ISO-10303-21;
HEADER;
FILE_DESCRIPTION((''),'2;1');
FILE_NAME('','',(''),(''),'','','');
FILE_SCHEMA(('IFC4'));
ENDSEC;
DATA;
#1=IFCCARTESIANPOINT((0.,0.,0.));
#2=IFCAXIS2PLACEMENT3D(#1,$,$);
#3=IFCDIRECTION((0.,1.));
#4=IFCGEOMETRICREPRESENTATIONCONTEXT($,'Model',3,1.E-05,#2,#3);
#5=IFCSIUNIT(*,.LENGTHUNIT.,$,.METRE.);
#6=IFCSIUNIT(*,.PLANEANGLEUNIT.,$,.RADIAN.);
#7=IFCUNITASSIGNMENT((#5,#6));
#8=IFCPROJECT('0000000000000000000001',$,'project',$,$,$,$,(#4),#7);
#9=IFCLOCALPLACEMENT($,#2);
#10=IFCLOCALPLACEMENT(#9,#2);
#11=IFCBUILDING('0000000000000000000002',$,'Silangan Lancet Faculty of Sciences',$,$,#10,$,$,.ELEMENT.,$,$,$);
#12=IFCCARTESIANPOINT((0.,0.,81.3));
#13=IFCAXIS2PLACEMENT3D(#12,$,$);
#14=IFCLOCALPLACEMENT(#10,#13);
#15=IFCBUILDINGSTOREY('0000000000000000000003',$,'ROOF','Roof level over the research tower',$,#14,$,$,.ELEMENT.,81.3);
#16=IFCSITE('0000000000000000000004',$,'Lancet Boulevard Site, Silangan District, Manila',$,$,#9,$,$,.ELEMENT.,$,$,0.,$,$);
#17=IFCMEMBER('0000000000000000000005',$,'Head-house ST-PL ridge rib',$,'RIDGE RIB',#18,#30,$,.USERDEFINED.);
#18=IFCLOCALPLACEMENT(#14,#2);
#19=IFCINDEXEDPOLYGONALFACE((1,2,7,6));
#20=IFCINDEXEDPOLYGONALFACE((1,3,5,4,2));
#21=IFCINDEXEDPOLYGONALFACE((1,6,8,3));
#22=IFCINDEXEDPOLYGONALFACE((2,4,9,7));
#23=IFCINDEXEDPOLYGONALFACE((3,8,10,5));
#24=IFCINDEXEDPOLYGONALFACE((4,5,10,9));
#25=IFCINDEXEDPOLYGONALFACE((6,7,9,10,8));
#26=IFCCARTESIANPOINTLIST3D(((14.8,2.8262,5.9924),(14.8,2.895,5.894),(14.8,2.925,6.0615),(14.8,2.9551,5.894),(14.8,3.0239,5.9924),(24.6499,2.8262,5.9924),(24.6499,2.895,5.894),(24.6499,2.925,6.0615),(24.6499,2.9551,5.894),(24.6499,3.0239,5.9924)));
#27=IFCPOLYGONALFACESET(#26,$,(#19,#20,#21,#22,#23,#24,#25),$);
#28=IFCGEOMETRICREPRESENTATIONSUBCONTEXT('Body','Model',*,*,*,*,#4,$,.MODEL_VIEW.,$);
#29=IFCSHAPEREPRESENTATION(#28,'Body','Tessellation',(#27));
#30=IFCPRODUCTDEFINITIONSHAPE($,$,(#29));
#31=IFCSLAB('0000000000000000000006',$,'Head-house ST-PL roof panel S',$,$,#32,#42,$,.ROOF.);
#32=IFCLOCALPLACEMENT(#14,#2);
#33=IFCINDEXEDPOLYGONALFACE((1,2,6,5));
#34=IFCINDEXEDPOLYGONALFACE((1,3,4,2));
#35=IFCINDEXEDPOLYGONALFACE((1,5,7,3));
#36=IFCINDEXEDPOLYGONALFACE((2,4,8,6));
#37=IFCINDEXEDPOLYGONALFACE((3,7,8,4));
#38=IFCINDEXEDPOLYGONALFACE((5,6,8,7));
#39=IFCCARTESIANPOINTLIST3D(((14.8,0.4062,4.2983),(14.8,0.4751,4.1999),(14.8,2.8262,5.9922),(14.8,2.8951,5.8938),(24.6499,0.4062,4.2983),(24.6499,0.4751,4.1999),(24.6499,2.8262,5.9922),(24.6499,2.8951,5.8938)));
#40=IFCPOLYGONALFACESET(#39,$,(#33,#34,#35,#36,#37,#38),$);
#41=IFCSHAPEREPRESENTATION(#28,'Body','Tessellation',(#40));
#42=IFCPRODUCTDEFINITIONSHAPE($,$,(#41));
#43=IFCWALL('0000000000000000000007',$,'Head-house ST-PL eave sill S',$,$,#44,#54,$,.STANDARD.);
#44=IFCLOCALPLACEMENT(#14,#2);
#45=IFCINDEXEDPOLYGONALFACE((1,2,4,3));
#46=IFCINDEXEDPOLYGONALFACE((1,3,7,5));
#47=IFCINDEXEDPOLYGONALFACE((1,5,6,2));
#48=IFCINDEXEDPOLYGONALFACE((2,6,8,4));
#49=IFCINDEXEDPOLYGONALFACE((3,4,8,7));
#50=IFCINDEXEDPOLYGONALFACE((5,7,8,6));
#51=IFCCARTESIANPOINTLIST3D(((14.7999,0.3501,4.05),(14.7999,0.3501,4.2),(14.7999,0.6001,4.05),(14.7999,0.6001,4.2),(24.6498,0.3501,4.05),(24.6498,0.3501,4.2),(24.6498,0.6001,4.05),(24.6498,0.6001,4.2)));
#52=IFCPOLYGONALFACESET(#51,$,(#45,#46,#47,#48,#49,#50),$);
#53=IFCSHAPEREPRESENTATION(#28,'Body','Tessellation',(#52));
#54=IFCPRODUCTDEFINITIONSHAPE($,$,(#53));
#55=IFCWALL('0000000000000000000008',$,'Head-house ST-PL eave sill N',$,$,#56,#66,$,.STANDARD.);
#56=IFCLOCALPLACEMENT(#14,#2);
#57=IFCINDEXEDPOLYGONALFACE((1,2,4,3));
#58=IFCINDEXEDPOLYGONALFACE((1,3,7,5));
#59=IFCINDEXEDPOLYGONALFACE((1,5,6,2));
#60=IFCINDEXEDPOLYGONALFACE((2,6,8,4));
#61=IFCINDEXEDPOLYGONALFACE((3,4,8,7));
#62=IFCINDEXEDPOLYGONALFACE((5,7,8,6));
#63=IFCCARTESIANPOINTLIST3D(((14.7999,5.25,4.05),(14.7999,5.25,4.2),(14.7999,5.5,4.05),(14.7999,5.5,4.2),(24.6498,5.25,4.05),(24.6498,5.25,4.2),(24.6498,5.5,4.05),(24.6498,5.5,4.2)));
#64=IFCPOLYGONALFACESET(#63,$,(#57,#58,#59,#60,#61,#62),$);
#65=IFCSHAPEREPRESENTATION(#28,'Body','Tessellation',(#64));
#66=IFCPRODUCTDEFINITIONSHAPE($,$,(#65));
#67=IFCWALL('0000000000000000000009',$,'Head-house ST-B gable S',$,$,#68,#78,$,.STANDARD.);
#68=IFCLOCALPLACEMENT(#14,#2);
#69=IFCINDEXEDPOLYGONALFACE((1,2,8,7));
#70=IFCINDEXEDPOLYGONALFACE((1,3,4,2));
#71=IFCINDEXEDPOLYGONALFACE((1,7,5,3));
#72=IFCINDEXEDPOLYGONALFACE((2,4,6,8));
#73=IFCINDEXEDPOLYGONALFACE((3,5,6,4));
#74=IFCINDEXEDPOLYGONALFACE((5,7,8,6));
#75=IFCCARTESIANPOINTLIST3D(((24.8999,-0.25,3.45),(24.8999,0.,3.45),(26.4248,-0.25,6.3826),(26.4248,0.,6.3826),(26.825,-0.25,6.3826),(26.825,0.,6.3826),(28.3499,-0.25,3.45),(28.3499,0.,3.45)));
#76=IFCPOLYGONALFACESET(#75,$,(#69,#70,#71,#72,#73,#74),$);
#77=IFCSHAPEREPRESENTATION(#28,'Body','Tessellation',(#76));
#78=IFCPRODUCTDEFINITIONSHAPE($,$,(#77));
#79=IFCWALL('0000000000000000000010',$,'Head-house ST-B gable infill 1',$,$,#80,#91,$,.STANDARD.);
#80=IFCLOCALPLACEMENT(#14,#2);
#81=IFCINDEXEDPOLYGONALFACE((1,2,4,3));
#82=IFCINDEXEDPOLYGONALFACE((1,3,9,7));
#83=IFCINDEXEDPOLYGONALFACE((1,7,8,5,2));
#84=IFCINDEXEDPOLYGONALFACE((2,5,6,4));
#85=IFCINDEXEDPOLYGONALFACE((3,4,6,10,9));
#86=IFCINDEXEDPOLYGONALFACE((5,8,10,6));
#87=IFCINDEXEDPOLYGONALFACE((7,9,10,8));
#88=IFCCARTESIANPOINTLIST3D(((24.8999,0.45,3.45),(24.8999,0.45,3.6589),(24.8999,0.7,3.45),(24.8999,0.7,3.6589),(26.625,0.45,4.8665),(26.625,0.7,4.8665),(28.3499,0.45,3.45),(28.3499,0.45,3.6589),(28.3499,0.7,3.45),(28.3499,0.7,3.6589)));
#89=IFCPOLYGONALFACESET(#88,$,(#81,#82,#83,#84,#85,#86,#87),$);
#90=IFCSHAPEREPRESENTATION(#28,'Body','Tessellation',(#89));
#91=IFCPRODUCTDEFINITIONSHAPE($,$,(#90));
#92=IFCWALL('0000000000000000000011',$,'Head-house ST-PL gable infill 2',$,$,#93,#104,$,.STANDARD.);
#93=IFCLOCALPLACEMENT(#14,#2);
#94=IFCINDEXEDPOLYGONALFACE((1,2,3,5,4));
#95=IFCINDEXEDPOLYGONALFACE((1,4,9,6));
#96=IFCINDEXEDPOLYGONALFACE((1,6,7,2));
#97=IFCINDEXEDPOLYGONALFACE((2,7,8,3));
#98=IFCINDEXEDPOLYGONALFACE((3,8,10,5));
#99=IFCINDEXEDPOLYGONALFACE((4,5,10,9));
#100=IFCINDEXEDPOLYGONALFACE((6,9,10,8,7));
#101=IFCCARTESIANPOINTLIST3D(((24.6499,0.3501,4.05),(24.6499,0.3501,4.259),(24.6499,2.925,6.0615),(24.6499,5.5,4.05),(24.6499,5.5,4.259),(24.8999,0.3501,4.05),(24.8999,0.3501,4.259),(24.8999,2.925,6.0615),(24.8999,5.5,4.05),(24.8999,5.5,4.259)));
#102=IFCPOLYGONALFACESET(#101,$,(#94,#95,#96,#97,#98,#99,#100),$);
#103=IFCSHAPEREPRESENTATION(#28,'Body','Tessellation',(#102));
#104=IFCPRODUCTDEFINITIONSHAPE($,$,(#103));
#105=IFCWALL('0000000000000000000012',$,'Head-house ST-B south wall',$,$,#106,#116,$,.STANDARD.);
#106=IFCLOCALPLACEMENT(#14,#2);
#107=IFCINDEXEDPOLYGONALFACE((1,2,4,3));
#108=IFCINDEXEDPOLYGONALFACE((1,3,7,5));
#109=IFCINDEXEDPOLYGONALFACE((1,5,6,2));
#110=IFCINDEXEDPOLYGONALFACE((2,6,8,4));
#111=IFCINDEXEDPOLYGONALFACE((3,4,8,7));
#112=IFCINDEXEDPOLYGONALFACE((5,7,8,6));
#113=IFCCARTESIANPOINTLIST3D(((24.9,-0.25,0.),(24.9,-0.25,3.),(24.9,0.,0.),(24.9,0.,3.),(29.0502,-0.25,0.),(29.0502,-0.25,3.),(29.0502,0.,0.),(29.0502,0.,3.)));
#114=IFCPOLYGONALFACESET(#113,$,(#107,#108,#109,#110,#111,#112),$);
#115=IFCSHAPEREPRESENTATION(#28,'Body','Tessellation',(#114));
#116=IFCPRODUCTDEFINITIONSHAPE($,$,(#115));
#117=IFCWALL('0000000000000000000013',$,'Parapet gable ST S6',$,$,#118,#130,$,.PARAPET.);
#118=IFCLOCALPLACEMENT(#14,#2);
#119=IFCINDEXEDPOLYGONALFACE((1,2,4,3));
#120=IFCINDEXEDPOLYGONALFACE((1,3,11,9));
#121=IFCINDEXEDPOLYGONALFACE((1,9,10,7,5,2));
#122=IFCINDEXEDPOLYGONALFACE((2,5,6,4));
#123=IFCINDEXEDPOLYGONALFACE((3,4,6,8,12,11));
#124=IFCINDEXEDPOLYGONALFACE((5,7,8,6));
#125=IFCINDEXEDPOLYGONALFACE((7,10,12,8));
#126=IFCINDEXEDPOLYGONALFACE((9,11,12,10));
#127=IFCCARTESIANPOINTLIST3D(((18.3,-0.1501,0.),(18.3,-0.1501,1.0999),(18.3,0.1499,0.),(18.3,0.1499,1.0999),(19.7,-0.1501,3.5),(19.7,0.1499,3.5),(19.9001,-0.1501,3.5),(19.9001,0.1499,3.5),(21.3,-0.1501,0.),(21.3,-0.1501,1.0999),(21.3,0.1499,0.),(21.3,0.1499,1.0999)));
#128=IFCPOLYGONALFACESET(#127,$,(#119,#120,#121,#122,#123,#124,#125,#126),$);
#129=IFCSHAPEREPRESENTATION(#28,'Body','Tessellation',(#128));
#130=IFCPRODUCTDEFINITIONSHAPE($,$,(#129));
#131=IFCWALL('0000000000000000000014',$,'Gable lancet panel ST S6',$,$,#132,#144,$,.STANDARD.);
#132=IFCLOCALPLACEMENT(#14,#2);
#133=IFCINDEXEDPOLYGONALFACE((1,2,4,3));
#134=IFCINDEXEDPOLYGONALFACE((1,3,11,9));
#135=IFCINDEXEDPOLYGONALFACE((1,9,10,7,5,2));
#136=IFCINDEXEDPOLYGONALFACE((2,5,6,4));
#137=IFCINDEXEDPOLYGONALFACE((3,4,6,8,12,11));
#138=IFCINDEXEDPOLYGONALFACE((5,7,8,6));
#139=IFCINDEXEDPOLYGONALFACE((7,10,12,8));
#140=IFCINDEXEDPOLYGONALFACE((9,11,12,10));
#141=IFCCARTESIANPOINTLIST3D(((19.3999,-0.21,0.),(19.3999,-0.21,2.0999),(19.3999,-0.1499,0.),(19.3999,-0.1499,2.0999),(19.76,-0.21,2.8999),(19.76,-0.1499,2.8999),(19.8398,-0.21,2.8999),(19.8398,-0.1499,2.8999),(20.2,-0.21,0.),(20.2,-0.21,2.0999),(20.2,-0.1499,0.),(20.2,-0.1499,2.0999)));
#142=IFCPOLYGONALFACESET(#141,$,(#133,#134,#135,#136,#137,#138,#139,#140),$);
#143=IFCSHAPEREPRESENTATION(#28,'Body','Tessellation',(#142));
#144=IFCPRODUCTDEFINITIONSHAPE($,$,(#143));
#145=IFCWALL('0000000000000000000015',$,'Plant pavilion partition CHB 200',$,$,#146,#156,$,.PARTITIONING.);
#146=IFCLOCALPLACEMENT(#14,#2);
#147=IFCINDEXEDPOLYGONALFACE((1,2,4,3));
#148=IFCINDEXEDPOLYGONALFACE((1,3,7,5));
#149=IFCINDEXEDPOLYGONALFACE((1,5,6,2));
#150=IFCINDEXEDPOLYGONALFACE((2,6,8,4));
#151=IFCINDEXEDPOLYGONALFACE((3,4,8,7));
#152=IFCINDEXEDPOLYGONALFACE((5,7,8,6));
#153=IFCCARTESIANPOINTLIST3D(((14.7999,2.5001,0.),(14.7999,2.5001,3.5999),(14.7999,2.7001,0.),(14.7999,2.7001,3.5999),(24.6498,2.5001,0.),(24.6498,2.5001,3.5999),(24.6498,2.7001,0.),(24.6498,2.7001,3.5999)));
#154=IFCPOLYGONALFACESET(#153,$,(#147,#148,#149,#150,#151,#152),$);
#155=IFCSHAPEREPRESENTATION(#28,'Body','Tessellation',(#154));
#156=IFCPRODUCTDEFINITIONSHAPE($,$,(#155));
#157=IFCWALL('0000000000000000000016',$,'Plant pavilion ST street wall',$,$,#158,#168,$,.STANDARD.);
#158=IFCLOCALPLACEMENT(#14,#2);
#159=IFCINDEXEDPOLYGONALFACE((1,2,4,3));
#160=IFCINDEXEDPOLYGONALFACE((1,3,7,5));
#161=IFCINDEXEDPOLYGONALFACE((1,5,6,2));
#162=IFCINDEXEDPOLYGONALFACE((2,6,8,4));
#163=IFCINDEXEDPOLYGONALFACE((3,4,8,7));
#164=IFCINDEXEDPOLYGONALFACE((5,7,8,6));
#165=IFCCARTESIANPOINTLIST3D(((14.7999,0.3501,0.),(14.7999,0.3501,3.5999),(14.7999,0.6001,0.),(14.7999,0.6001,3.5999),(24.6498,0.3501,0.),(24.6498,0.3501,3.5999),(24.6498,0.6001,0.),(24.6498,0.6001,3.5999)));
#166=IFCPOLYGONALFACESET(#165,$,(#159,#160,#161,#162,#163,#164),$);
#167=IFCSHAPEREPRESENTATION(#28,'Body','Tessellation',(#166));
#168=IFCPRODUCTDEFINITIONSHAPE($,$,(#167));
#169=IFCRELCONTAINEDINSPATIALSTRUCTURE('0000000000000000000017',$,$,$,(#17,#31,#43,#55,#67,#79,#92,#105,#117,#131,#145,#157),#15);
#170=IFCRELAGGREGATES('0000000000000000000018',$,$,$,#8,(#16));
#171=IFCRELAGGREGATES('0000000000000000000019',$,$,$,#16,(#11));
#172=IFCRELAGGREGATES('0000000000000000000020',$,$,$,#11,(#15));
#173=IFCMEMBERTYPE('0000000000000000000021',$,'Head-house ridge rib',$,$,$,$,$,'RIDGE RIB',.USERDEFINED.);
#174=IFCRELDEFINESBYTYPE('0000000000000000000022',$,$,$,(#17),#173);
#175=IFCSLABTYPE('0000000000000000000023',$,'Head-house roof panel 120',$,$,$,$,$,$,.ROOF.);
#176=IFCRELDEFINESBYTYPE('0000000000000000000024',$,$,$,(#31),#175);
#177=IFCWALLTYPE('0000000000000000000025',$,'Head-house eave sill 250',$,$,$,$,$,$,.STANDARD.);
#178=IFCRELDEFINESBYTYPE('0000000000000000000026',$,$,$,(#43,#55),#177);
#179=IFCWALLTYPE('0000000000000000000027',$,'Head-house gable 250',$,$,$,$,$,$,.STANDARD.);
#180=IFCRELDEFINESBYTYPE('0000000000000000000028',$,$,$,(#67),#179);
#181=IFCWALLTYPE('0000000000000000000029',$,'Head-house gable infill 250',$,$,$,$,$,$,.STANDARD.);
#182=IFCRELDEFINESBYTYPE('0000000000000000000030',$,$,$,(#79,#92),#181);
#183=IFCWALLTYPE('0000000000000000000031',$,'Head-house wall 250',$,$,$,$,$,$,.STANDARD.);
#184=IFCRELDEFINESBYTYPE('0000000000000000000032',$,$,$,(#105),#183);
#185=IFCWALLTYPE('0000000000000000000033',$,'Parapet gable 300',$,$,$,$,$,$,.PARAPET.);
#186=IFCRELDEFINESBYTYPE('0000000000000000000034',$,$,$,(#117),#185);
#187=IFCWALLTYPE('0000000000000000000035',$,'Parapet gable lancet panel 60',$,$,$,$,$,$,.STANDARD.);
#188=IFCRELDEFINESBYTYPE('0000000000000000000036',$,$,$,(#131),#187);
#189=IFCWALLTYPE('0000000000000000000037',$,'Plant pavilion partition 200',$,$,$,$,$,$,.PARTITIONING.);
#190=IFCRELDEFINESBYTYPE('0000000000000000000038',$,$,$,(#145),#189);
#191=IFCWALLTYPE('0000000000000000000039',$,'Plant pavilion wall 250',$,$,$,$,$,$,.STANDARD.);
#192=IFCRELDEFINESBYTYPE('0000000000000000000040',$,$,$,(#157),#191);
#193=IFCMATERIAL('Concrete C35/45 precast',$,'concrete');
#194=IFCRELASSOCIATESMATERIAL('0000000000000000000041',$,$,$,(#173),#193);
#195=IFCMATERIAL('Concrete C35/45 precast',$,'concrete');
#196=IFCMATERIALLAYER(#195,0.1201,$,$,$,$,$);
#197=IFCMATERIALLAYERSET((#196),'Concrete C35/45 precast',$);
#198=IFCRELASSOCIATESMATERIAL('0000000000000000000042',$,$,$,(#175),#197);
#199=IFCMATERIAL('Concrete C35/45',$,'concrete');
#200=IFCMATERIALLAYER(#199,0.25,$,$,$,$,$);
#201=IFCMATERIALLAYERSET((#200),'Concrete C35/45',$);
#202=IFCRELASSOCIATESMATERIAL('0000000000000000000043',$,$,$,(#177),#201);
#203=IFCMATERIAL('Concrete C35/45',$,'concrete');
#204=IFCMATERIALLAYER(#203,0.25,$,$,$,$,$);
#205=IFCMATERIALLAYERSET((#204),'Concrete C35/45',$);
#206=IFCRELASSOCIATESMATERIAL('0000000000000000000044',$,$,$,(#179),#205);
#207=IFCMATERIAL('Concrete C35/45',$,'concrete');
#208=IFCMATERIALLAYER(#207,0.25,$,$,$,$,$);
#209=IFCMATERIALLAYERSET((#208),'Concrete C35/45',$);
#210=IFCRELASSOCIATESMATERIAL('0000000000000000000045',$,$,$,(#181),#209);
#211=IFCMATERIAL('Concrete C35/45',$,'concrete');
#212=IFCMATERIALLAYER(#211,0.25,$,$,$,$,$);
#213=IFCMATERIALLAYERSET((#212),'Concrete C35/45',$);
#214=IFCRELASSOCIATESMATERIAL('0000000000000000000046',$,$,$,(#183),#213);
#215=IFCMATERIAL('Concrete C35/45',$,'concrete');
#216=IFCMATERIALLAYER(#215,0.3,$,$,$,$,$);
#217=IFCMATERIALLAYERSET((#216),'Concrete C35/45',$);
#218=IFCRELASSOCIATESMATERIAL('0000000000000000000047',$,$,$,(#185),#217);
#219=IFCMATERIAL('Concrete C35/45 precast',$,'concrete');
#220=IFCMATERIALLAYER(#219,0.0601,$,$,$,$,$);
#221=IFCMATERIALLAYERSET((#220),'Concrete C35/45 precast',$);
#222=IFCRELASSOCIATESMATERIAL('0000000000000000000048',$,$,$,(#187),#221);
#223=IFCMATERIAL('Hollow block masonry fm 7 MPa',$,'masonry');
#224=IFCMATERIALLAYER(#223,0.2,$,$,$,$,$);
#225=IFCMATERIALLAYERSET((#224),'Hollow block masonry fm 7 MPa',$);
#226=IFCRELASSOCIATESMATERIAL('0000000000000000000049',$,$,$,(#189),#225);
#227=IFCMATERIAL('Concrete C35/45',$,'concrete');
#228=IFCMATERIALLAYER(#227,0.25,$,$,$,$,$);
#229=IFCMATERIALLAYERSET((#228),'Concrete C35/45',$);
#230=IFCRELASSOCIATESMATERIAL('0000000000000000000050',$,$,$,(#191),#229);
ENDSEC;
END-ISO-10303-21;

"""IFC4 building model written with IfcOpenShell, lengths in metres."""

from ifc_helpers import new_model, si_unit, direction, frame, frame_2d, origin, place, context, subcontext, project, spatial, polyline, rectangle, outline, extrude, material, layer, layer_set, material_profile, profile_set, type_object, element, save


model = new_model("IFC4")

# Units and contexts
model_context = context("Model", 3, precision=1e-05, world=origin(), true_north=direction((0.0, 1.0)))
body_context = subcontext(model_context, "Body", "Model", "MODEL_VIEW")
ifc_project = project(units=[si_unit("LENGTHUNIT", "METRE"), si_unit("PLANEANGLEUNIT", "RADIAN")], contexts=[model_context])

# Site, building, storey
site_placement = place(None, origin())
site = spatial("IfcSite", under=ifc_project, at=site_placement, Name="Lancet Boulevard Site, Silangan District, Manila", CompositionType="ELEMENT", RefElevation=0.0)
building_placement = place(site_placement, origin())
building = spatial("IfcBuilding", under=site, at=building_placement, Name="Silangan Lancet Faculty of Sciences", CompositionType="ELEMENT")
storey_placement = place(building_placement, frame((0.0, 0.0, 81.3)))
storey = spatial("IfcBuildingStorey", under=building, at=storey_placement, Name="ROOF", Description="Roof level over the research tower", CompositionType="ELEMENT", Elevation=81.3)

# Member
ifc_material_1 = material(Name="Concrete C35/45 precast", Category="concrete")
ifc_material_profile = material_profile(ifc_material_1, outline(polyline([(0.0, 0.0), (0.0989, -0.0691), (0.03, -0.1675), (-0.03, -0.1675), (-0.0989, -0.0691), (0.0, 0.0)])), Name="ridge rib")
ifc_profile_set = profile_set([ifc_material_profile], Name="Concrete C35/45 precast")
member_type = type_object("IfcMemberType", Name="Head-house ridge rib", ElementType="RIDGE RIB", PredefinedType="USERDEFINED", material=ifc_profile_set)
member_placement = place(storey_placement, frame((14.8, 2.925, 6.0615), z_axis=(1.0, 0.0, 0.0), x_axis=(0.0, 1.0, 0.0)))
element("IfcMember", 1, at=member_placement, inside=storey, type_object=member_type, Name="Head-house ST-PL ridge rib", ObjectType="RIDGE RIB", PredefinedType="USERDEFINED", context=body_context, shape_type="SweptSolid", body=[
    extrude(outline(polyline([(0.0, 0.0), (0.0989, -0.0691), (0.03, -0.1675), (-0.03, -0.1675), (-0.0989, -0.0691), (0.0, 0.0)])), origin(), (0.0, 0.0, 1.0), 9.8499),
])

# Slab
ifc_material_2 = material(Name="Concrete C35/45 precast", Category="concrete")
ifc_layer_1 = layer(ifc_material_2, 0.1201)
ifc_layer_set_1 = layer_set([ifc_layer_1], Name="Concrete C35/45 precast")
slab_type = type_object("IfcSlabType", Name="Head-house roof panel 120", PredefinedType="ROOF", material=ifc_layer_set_1)
slab_placement = place(storey_placement, frame((14.8, 0.4062, 4.2983), z_axis=(0.0, -0.57344, 0.819247), x_axis=(1.0, 0.0, 0.0)))
element("IfcSlab", 2, at=slab_placement, inside=storey, type_object=slab_type, Name="Head-house ST-PL roof panel S", PredefinedType="ROOF", context=body_context, shape_type="SweptSolid", body=[
    extrude(outline(polyline([(0.0, 0.0), (9.8499, 0.0), (9.8499, 2.9538), (0.0, 2.9538), (0.0, 0.0)])), origin(), (0.0, 0.0, -1.0), 0.1201),
])

# Walls
ifc_material_3 = material(Name="Concrete C35/45", Category="concrete")
ifc_layer_2 = layer(ifc_material_3, 0.25)
ifc_layer_set_2 = layer_set([ifc_layer_2], Name="Concrete C35/45")
wall_type_1 = type_object("IfcWallType", Name="Head-house eave sill 250", PredefinedType="STANDARD", material=ifc_layer_set_2)
for number, where, z_axis, x_axis, name in (
    (3, (14.8, 0.4751, 4.05), (0.0, 0.0, 1.0), (1.0, 0.0, 0.0), "Head-house ST-PL eave sill S"),
    (4, (14.8, 5.375, 4.05), (0.0, 0.0, 1.0), (1.0, 0.0, 0.0), "Head-house ST-PL eave sill N"),
):
    element("IfcWall", number, at=place(storey_placement, frame(where, z_axis=z_axis, x_axis=x_axis)), inside=storey, type_object=wall_type_1, Name=name, PredefinedType="STANDARD", context=body_context, shape_type="SweptSolid", body=[
        extrude(rectangle(XDim=9.8499, YDim=0.25, at=frame_2d((4.9248, 0.0))), origin(), (0.0, 0.0, 1.0), 0.1499),
    ])
ifc_material_4 = material(Name="Concrete C35/45", Category="concrete")
ifc_layer_3 = layer(ifc_material_4, 0.25)
ifc_layer_set_3 = layer_set([ifc_layer_3], Name="Concrete C35/45")
wall_type_2 = type_object("IfcWallType", Name="Head-house gable 250", PredefinedType="STANDARD", material=ifc_layer_set_3)
wall_1_placement = place(storey_placement, frame((24.8999, -0.125, 3.45), z_axis=(0.0, 0.0, 1.0), x_axis=(1.0, 0.0, 0.0)))
element("IfcWall", 5, at=wall_1_placement, inside=storey, type_object=wall_type_2, Name="Head-house ST-B gable S", PredefinedType="STANDARD", context=body_context, shape_type="SweptSolid", body=[
    extrude(outline(polyline([(0.0, 0.0), (3.45, 0.0), (1.925, 2.9326), (1.5249, 2.9326), (0.0, 0.0)])), frame((0.0, 0.125, 0.0), z_axis=(0.0, -1.0, 0.0), x_axis=(1.0, 0.0, 0.0)), (0.0, 0.0, 1.0), 0.25),
])
ifc_material_5 = material(Name="Concrete C35/45", Category="concrete")
ifc_layer_4 = layer(ifc_material_5, 0.25)
ifc_layer_set_4 = layer_set([ifc_layer_4], Name="Concrete C35/45")
wall_type_3 = type_object("IfcWallType", Name="Head-house gable infill 250", PredefinedType="STANDARD", material=ifc_layer_set_4)
wall_2_placement = place(storey_placement, frame((24.8999, 0.575, 3.45), z_axis=(0.0, 0.0, 1.0), x_axis=(1.0, 0.0, 0.0)))
element("IfcWall", 6, at=wall_2_placement, inside=storey, type_object=wall_type_3, Name="Head-house ST-B gable infill 1", PredefinedType="STANDARD", context=body_context, shape_type="SweptSolid", body=[
    extrude(outline(polyline([(0.0, 0.0), (3.45, 0.0), (3.45, 0.209), (1.7251, 1.4165), (0.0, 0.209), (0.0, 0.0)])), frame((0.0, 0.125, 0.0), z_axis=(0.0, -1.0, 0.0), x_axis=(1.0, 0.0, 0.0)), (0.0, 0.0, 1.0), 0.25),
])
wall_3_placement = place(storey_placement, frame((24.7749, 0.3501, 4.05), z_axis=(0.0, 0.0, 1.0), x_axis=(0.0, 1.0, 0.0)))
element("IfcWall", 7, at=wall_3_placement, inside=storey, type_object=wall_type_3, Name="Head-house ST-PL gable infill 2", PredefinedType="STANDARD", context=body_context, shape_type="SweptSolid", body=[
    extrude(outline(polyline([(0.0, 0.0), (5.1499, 0.0), (5.1499, 0.209), (2.575, 2.0115), (0.0, 0.209), (0.0, 0.0)])), frame((0.0, 0.125, 0.0), z_axis=(0.0, -1.0, 0.0), x_axis=(1.0, 0.0, 0.0)), (0.0, 0.0, 1.0), 0.25),
])
ifc_material_6 = material(Name="Concrete C35/45", Category="concrete")
ifc_layer_5 = layer(ifc_material_6, 0.25)
ifc_layer_set_5 = layer_set([ifc_layer_5], Name="Concrete C35/45")
wall_type_4 = type_object("IfcWallType", Name="Head-house wall 250", PredefinedType="STANDARD", material=ifc_layer_set_5)
wall_4_placement = place(storey_placement, frame((24.8999, -0.125, 0.0), z_axis=(0.0, 0.0, 1.0), x_axis=(1.0, 0.0, 0.0)))
element("IfcWall", 8, at=wall_4_placement, inside=storey, type_object=wall_type_4, Name="Head-house ST-B south wall", PredefinedType="STANDARD", context=body_context, shape_type="SweptSolid", body=[
    extrude(rectangle(XDim=4.1501, YDim=0.25, at=frame_2d((2.0752, 0.0))), origin(), (0.0, 0.0, 1.0), 3.0),
])
ifc_material_7 = material(Name="Concrete C35/45", Category="concrete")
ifc_layer_6 = layer(ifc_material_7, 0.3)
ifc_layer_set_6 = layer_set([ifc_layer_6], Name="Concrete C35/45")
wall_type_5 = type_object("IfcWallType", Name="Parapet gable 300", PredefinedType="PARAPET", material=ifc_layer_set_6)
wall_5_placement = place(storey_placement, frame((18.3, 0.0, 0.0), z_axis=(0.0, 0.0, 1.0), x_axis=(1.0, 0.0, 0.0)))
element("IfcWall", 9, at=wall_5_placement, inside=storey, type_object=wall_type_5, Name="Parapet gable ST S6", PredefinedType="PARAPET", context=body_context, shape_type="SweptSolid", body=[
    extrude(outline(polyline([(0.0, 0.0), (3.0, 0.0), (3.0, 1.0999), (1.6001, 3.5), (1.3999, 3.5), (0.0, 1.0999), (0.0, 0.0)])), frame((0.0, 0.1499, 0.0), z_axis=(0.0, -1.0, 0.0), x_axis=(1.0, 0.0, 0.0)), (0.0, 0.0, 1.0), 0.3),
])
ifc_material_8 = material(Name="Concrete C35/45 precast", Category="concrete")
ifc_layer_7 = layer(ifc_material_8, 0.0601)
ifc_layer_set_7 = layer_set([ifc_layer_7], Name="Concrete C35/45 precast")
wall_type_6 = type_object("IfcWallType", Name="Parapet gable lancet panel 60", PredefinedType="STANDARD", material=ifc_layer_set_7)
wall_6_placement = place(storey_placement, frame((19.3999, -0.1799, 0.0), z_axis=(0.0, 0.0, 1.0), x_axis=(1.0, 0.0, 0.0)))
element("IfcWall", 10, at=wall_6_placement, inside=storey, type_object=wall_type_6, Name="Gable lancet panel ST S6", PredefinedType="STANDARD", context=body_context, shape_type="SweptSolid", body=[
    extrude(outline(polyline([(0.0, 0.0), (0.8, 0.0), (0.8, 2.0999), (0.4399, 2.8999), (0.3601, 2.8999), (0.0, 2.0999), (0.0, 0.0)])), frame((0.0, 0.03, 0.0), z_axis=(0.0, -1.0, 0.0), x_axis=(1.0, 0.0, 0.0)), (0.0, 0.0, 1.0), 0.0601),
])
ifc_material_9 = material(Name="Hollow block masonry fm 7 MPa", Category="masonry")
ifc_layer_8 = layer(ifc_material_9, 0.2)
ifc_layer_set_8 = layer_set([ifc_layer_8], Name="Hollow block masonry fm 7 MPa")
wall_type_7 = type_object("IfcWallType", Name="Plant pavilion partition 200", PredefinedType="PARTITIONING", material=ifc_layer_set_8)
wall_7_placement = place(storey_placement, frame((14.8, 2.6001, 0.0), z_axis=(0.0, 0.0, 1.0), x_axis=(1.0, 0.0, 0.0)))
element("IfcWall", 11, at=wall_7_placement, inside=storey, type_object=wall_type_7, Name="Plant pavilion partition CHB 200", PredefinedType="PARTITIONING", context=body_context, shape_type="SweptSolid", body=[
    extrude(rectangle(XDim=9.8499, YDim=0.2, at=frame_2d((4.9248, 0.0))), origin(), (0.0, 0.0, 1.0), 3.5999),
])
ifc_material_10 = material(Name="Concrete C35/45", Category="concrete")
ifc_layer_9 = layer(ifc_material_10, 0.25)
ifc_layer_set_9 = layer_set([ifc_layer_9], Name="Concrete C35/45")
wall_type_8 = type_object("IfcWallType", Name="Plant pavilion wall 250", PredefinedType="STANDARD", material=ifc_layer_set_9)
for number, where, z_axis, x_axis, name in (
    (12, (14.8, 0.4751, 0.0), (0.0, 0.0, 1.0), (1.0, 0.0, 0.0), "Plant pavilion ST street wall"),
):
    element("IfcWall", number, at=place(storey_placement, frame(where, z_axis=z_axis, x_axis=x_axis)), inside=storey, type_object=wall_type_8, Name=name, PredefinedType="STANDARD", context=body_context, shape_type="SweptSolid", body=[
        extrude(rectangle(XDim=9.8499, YDim=0.25, at=frame_2d((4.9248, 0.0))), origin(), (0.0, 0.0, 1.0), 3.5999),
    ])

save(model, "model.ifc")
